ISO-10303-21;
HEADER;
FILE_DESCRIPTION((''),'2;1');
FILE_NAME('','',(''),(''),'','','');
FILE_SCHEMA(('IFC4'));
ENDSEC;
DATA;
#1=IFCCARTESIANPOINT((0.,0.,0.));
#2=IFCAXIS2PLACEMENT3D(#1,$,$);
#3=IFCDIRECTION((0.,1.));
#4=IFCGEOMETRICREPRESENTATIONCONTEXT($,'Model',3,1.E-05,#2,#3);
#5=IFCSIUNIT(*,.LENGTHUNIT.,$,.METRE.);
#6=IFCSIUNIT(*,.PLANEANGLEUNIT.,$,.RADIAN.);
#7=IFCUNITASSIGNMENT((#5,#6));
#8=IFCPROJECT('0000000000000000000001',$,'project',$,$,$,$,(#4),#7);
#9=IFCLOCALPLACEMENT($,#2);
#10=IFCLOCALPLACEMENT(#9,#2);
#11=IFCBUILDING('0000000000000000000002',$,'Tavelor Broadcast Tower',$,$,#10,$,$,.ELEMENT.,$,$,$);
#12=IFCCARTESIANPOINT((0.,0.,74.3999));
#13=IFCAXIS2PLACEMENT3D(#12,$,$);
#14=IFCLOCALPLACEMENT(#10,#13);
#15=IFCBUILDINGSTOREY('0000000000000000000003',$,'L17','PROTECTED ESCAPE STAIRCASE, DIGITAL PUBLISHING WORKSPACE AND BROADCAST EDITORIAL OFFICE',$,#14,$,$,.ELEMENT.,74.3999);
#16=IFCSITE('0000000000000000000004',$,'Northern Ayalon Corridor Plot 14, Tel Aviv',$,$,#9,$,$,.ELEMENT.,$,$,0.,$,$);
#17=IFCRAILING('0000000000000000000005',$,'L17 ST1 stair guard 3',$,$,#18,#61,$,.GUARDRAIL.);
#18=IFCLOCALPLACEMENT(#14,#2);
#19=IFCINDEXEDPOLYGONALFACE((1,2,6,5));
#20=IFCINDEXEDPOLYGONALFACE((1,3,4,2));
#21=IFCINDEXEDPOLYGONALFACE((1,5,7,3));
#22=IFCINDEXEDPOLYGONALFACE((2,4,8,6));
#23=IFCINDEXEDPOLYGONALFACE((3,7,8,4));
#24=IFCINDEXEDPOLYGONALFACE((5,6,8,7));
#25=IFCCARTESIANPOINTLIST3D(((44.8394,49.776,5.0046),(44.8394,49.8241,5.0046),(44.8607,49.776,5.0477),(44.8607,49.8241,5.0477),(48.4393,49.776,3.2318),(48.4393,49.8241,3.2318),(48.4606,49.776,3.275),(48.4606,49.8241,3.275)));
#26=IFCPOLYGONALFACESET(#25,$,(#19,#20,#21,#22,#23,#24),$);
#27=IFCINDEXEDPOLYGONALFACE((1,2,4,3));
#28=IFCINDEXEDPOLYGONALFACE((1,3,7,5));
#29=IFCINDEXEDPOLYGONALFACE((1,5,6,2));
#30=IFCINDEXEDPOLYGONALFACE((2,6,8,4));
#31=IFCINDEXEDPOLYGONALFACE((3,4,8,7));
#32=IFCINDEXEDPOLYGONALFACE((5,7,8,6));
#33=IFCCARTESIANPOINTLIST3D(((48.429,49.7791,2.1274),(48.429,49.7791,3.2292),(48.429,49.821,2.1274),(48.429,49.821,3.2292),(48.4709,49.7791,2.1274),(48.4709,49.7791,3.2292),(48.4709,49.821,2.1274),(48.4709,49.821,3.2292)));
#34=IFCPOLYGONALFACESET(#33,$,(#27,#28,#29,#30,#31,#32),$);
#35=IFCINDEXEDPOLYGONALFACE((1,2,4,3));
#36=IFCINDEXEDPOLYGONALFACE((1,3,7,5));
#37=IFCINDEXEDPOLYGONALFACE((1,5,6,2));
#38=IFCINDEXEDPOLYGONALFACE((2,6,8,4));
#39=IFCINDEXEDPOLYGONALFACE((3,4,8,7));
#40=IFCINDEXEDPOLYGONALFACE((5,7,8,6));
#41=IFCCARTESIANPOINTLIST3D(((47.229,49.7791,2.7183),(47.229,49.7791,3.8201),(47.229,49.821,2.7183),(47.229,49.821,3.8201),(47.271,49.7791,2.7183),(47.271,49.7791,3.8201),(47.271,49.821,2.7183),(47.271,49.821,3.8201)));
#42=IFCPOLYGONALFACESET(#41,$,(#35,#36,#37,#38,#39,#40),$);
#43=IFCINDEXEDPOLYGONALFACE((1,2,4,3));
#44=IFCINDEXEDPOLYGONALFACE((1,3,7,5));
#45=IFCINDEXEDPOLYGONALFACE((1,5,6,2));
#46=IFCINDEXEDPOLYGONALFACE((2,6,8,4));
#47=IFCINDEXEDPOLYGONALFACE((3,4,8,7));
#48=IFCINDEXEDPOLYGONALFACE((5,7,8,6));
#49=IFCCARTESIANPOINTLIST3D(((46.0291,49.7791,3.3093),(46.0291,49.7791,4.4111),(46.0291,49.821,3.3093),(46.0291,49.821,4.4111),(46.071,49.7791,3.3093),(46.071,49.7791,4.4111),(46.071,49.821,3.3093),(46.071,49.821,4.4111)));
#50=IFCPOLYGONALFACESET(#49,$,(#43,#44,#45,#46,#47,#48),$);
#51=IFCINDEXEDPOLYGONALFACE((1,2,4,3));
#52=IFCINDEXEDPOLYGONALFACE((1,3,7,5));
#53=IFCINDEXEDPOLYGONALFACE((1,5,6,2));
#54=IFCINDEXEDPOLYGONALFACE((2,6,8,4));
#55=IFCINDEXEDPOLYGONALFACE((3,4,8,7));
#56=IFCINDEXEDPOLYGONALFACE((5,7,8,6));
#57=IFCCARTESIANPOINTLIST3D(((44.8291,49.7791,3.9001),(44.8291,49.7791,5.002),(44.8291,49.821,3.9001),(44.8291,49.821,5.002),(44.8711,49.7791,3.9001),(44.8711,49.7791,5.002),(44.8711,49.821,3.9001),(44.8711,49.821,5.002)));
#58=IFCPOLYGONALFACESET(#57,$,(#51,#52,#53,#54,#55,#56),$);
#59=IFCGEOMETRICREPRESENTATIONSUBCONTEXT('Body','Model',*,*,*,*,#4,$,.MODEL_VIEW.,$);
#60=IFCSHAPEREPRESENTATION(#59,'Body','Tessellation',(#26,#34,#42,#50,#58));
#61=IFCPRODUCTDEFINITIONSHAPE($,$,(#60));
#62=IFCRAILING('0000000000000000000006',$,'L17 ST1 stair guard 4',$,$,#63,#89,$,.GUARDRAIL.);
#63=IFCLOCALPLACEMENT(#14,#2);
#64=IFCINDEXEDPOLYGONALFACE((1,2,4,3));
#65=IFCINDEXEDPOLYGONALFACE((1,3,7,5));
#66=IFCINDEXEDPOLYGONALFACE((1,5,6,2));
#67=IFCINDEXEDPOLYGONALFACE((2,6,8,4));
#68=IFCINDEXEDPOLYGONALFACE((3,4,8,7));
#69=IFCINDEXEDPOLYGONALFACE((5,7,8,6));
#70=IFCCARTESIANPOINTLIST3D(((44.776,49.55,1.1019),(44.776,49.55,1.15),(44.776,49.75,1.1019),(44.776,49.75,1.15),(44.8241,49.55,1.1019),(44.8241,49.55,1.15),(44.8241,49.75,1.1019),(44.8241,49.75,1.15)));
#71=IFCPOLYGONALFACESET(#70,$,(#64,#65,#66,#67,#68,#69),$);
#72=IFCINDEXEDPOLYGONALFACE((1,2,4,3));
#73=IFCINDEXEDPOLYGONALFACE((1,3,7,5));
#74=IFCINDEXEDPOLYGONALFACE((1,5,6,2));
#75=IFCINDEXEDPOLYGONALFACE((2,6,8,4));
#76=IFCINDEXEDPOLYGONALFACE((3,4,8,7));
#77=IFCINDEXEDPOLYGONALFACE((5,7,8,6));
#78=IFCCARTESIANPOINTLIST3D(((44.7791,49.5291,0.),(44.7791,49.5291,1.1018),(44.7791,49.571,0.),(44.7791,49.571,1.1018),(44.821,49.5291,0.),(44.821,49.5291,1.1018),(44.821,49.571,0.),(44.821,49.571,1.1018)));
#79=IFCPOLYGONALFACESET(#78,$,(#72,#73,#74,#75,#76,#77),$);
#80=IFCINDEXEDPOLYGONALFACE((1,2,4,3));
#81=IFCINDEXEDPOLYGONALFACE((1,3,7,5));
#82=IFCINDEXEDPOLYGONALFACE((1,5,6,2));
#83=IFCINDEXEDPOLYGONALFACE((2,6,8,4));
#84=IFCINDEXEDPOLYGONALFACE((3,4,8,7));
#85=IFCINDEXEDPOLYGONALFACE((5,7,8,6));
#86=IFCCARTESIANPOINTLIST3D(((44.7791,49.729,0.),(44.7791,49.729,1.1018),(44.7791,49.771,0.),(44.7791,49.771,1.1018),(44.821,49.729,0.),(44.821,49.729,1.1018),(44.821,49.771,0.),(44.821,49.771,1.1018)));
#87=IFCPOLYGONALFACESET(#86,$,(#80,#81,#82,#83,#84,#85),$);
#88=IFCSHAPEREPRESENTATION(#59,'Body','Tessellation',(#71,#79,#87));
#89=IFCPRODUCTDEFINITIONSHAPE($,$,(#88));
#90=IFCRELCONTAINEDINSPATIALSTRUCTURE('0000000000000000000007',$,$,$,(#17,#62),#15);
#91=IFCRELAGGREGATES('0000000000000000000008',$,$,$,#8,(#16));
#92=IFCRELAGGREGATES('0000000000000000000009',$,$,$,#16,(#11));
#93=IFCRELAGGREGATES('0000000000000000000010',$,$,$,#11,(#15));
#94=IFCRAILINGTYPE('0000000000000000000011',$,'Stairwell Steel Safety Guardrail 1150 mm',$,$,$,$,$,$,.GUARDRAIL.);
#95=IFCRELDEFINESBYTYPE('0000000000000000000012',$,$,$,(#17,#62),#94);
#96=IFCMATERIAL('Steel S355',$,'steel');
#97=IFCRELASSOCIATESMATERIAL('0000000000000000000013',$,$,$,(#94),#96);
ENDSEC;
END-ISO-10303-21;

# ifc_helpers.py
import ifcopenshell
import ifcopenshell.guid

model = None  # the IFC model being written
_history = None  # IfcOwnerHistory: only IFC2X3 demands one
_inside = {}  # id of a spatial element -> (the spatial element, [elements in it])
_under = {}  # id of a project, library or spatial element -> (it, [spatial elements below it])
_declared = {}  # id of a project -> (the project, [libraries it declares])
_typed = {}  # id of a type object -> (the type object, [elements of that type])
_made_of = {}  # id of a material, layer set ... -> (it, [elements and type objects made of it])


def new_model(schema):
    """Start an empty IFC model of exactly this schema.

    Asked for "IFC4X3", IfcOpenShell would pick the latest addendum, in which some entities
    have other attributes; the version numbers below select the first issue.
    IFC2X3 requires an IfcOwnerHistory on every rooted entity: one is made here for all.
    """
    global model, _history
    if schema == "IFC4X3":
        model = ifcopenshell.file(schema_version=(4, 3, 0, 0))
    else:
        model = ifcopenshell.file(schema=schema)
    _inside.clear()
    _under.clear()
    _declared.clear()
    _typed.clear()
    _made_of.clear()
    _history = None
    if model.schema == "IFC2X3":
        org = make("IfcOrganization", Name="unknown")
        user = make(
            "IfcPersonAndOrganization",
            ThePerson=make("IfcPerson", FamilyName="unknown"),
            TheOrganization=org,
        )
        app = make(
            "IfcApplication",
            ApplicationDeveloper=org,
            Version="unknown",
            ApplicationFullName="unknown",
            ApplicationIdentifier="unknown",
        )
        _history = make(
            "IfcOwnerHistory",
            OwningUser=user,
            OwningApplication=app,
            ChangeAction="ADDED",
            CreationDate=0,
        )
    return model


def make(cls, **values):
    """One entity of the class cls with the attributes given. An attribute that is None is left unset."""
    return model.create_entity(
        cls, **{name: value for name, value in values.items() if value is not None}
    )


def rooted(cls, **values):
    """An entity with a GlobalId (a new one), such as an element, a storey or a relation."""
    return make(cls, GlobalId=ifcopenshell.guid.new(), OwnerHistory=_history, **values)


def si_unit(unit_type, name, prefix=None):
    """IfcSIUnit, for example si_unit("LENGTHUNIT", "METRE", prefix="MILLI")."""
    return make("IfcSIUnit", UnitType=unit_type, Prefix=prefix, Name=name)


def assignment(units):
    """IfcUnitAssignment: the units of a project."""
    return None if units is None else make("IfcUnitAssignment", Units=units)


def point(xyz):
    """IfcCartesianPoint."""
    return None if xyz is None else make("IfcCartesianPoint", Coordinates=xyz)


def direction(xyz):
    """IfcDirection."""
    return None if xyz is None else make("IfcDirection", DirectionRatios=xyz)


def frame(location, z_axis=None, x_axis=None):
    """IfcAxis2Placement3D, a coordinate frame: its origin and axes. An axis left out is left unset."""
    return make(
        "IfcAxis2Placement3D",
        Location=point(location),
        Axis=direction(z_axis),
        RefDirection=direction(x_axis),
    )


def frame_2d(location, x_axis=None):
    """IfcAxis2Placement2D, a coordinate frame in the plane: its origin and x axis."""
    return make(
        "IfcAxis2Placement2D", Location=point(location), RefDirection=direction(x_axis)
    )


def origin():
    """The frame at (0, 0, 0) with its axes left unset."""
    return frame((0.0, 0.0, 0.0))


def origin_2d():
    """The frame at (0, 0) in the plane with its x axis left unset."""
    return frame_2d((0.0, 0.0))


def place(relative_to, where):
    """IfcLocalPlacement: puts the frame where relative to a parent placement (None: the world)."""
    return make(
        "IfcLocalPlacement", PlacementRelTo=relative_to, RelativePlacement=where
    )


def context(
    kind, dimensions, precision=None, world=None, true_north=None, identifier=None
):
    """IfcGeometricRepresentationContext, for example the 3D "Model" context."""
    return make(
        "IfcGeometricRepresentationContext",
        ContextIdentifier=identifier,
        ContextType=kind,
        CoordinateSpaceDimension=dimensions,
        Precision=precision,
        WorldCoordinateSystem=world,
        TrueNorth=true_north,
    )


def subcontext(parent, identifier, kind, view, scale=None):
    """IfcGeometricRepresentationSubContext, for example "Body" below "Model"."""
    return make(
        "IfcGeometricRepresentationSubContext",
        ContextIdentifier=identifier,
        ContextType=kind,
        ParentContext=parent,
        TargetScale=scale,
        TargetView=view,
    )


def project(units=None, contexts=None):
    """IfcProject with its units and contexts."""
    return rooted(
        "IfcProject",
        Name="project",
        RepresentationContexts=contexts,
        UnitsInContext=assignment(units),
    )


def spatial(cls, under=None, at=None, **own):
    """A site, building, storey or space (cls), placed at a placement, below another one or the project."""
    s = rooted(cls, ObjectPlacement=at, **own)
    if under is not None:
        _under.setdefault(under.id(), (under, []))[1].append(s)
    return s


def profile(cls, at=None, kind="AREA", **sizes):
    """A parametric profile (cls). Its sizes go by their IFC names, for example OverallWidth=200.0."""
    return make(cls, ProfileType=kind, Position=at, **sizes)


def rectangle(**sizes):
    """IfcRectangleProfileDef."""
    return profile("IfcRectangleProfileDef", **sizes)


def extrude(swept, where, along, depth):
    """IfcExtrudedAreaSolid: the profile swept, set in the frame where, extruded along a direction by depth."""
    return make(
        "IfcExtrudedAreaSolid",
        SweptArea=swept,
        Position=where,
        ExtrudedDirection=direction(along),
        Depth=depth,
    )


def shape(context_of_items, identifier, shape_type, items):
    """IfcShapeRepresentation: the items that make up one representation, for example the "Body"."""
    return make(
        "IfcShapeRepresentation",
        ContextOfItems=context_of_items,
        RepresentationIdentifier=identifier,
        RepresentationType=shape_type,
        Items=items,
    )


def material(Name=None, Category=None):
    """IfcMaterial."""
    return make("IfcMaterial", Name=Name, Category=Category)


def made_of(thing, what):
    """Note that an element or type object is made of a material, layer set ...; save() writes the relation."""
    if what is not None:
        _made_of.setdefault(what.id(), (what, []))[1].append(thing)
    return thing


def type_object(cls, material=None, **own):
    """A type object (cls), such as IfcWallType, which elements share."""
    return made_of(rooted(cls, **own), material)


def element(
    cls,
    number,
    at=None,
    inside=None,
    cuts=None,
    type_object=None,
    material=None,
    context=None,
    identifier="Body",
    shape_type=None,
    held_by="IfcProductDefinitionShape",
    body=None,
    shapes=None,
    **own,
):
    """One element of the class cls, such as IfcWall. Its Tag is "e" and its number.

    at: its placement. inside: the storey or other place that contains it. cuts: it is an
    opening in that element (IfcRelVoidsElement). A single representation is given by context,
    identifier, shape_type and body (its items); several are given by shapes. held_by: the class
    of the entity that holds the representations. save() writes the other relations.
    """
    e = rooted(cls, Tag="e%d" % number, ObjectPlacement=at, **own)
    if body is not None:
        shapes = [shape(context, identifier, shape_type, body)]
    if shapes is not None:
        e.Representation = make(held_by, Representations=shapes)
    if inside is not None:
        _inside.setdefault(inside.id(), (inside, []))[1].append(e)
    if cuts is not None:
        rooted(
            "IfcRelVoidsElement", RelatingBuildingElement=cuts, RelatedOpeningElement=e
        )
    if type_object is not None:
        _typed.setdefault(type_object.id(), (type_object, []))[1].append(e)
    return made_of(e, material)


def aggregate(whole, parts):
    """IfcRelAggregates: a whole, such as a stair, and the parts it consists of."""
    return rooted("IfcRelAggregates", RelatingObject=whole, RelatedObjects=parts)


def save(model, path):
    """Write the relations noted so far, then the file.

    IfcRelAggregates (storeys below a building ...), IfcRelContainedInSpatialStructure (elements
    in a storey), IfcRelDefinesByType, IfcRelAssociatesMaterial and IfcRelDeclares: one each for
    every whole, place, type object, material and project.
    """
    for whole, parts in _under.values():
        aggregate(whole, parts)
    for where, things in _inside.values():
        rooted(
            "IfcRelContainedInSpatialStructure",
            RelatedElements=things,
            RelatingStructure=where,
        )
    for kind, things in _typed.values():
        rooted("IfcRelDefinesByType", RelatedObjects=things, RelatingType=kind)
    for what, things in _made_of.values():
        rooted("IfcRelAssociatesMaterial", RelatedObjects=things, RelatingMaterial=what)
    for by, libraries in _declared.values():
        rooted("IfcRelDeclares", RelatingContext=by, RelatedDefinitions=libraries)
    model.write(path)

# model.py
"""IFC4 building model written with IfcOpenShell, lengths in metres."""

from ifc_helpers import new_model, si_unit, direction, frame, origin, origin_2d, place, context, subcontext, project, spatial, rectangle, extrude, material, type_object, element, save


model = new_model("IFC4")

# Units and contexts
model_context = context("Model", 3, precision=1e-05, world=origin(), true_north=direction((0.0, 1.0)))
body_context = subcontext(model_context, "Body", "Model", "MODEL_VIEW")
ifc_project = project(units=[si_unit("LENGTHUNIT", "METRE"), si_unit("PLANEANGLEUNIT", "RADIAN")], contexts=[model_context])

# Site, building, storey
site_placement = place(None, origin())
site = spatial("IfcSite", under=ifc_project, at=site_placement, Name="Northern Ayalon Corridor Plot 14, Tel Aviv", CompositionType="ELEMENT", RefElevation=0.0)
building_placement = place(site_placement, origin())
building = spatial("IfcBuilding", under=site, at=building_placement, Name="Tavelor Broadcast Tower", CompositionType="ELEMENT")
storey_placement = place(building_placement, frame((0.0, 0.0, 74.3999)))
storey = spatial("IfcBuildingStorey", under=building, at=storey_placement, Name="L17", Description="PROTECTED ESCAPE STAIRCASE, DIGITAL PUBLISHING WORKSPACE AND BROADCAST EDITORIAL OFFICE", CompositionType="ELEMENT", Elevation=74.3999)

# Shared definitions
ifc_material_1 = material(Name="Steel S355", Category="steel")

# Railings
railing_type_1 = type_object("IfcRailingType", Name="Stairwell Steel Safety Guardrail 1150 mm", PredefinedType="GUARDRAIL", material=ifc_material_1)
railing_1_placement = place(storey_placement, frame((48.45, 49.8, 2.1274)))
element("IfcRailing", 1, at=railing_1_placement, inside=storey, type_object=railing_type_1, Name="L17 ST1 stair guard 3", PredefinedType="GUARDRAIL", context=body_context, shape_type="SweptSolid", body=[
    extrude(rectangle(XDim=0.0481, YDim=0.0481, at=origin_2d()), frame((0.0, 0.0, 1.126), z_axis=(-0.897124, 0.0, 0.441778), x_axis=(0.0, -1.0, 0.0)), (0.0, 0.0, 1.0), 4.0127),
    extrude(rectangle(XDim=0.042, YDim=0.042, at=origin_2d()), origin(), (0.0, 0.0, 1.0), 1.1018),
    extrude(rectangle(XDim=0.042, YDim=0.042, at=origin_2d()), frame((-1.2, 0.0, 0.5908)), (0.0, 0.0, 1.0), 1.1018),
    extrude(rectangle(XDim=0.042, YDim=0.042, at=origin_2d()), frame((-2.3999, 0.0, 1.1819)), (0.0, 0.0, 1.0), 1.1018),
    extrude(rectangle(XDim=0.042, YDim=0.042, at=origin_2d()), frame((-3.5999, 0.0, 1.7727)), (0.0, 0.0, 1.0), 1.1018),
])
railing_2_placement = place(storey_placement, frame((44.8, 49.55, 0.0)))
element("IfcRailing", 2, at=railing_2_placement, inside=storey, type_object=railing_type_1, Name="L17 ST1 stair guard 4", PredefinedType="GUARDRAIL", context=body_context, shape_type="SweptSolid", body=[
    extrude(rectangle(XDim=0.0481, YDim=0.0481, at=origin_2d()), frame((0.0, 0.0, 1.126), z_axis=(0.0, 1.0, 0.0), x_axis=(-1.0, 0.0, 0.0)), (0.0, 0.0, 1.0), 0.2),
    extrude(rectangle(XDim=0.042, YDim=0.042, at=origin_2d()), origin(), (0.0, 0.0, 1.0), 1.1018),
    extrude(rectangle(XDim=0.042, YDim=0.042, at=origin_2d()), frame((0.0, 0.2, 0.0)), (0.0, 0.0, 1.0), 1.1018),
])

save(model, "model.ifc")
